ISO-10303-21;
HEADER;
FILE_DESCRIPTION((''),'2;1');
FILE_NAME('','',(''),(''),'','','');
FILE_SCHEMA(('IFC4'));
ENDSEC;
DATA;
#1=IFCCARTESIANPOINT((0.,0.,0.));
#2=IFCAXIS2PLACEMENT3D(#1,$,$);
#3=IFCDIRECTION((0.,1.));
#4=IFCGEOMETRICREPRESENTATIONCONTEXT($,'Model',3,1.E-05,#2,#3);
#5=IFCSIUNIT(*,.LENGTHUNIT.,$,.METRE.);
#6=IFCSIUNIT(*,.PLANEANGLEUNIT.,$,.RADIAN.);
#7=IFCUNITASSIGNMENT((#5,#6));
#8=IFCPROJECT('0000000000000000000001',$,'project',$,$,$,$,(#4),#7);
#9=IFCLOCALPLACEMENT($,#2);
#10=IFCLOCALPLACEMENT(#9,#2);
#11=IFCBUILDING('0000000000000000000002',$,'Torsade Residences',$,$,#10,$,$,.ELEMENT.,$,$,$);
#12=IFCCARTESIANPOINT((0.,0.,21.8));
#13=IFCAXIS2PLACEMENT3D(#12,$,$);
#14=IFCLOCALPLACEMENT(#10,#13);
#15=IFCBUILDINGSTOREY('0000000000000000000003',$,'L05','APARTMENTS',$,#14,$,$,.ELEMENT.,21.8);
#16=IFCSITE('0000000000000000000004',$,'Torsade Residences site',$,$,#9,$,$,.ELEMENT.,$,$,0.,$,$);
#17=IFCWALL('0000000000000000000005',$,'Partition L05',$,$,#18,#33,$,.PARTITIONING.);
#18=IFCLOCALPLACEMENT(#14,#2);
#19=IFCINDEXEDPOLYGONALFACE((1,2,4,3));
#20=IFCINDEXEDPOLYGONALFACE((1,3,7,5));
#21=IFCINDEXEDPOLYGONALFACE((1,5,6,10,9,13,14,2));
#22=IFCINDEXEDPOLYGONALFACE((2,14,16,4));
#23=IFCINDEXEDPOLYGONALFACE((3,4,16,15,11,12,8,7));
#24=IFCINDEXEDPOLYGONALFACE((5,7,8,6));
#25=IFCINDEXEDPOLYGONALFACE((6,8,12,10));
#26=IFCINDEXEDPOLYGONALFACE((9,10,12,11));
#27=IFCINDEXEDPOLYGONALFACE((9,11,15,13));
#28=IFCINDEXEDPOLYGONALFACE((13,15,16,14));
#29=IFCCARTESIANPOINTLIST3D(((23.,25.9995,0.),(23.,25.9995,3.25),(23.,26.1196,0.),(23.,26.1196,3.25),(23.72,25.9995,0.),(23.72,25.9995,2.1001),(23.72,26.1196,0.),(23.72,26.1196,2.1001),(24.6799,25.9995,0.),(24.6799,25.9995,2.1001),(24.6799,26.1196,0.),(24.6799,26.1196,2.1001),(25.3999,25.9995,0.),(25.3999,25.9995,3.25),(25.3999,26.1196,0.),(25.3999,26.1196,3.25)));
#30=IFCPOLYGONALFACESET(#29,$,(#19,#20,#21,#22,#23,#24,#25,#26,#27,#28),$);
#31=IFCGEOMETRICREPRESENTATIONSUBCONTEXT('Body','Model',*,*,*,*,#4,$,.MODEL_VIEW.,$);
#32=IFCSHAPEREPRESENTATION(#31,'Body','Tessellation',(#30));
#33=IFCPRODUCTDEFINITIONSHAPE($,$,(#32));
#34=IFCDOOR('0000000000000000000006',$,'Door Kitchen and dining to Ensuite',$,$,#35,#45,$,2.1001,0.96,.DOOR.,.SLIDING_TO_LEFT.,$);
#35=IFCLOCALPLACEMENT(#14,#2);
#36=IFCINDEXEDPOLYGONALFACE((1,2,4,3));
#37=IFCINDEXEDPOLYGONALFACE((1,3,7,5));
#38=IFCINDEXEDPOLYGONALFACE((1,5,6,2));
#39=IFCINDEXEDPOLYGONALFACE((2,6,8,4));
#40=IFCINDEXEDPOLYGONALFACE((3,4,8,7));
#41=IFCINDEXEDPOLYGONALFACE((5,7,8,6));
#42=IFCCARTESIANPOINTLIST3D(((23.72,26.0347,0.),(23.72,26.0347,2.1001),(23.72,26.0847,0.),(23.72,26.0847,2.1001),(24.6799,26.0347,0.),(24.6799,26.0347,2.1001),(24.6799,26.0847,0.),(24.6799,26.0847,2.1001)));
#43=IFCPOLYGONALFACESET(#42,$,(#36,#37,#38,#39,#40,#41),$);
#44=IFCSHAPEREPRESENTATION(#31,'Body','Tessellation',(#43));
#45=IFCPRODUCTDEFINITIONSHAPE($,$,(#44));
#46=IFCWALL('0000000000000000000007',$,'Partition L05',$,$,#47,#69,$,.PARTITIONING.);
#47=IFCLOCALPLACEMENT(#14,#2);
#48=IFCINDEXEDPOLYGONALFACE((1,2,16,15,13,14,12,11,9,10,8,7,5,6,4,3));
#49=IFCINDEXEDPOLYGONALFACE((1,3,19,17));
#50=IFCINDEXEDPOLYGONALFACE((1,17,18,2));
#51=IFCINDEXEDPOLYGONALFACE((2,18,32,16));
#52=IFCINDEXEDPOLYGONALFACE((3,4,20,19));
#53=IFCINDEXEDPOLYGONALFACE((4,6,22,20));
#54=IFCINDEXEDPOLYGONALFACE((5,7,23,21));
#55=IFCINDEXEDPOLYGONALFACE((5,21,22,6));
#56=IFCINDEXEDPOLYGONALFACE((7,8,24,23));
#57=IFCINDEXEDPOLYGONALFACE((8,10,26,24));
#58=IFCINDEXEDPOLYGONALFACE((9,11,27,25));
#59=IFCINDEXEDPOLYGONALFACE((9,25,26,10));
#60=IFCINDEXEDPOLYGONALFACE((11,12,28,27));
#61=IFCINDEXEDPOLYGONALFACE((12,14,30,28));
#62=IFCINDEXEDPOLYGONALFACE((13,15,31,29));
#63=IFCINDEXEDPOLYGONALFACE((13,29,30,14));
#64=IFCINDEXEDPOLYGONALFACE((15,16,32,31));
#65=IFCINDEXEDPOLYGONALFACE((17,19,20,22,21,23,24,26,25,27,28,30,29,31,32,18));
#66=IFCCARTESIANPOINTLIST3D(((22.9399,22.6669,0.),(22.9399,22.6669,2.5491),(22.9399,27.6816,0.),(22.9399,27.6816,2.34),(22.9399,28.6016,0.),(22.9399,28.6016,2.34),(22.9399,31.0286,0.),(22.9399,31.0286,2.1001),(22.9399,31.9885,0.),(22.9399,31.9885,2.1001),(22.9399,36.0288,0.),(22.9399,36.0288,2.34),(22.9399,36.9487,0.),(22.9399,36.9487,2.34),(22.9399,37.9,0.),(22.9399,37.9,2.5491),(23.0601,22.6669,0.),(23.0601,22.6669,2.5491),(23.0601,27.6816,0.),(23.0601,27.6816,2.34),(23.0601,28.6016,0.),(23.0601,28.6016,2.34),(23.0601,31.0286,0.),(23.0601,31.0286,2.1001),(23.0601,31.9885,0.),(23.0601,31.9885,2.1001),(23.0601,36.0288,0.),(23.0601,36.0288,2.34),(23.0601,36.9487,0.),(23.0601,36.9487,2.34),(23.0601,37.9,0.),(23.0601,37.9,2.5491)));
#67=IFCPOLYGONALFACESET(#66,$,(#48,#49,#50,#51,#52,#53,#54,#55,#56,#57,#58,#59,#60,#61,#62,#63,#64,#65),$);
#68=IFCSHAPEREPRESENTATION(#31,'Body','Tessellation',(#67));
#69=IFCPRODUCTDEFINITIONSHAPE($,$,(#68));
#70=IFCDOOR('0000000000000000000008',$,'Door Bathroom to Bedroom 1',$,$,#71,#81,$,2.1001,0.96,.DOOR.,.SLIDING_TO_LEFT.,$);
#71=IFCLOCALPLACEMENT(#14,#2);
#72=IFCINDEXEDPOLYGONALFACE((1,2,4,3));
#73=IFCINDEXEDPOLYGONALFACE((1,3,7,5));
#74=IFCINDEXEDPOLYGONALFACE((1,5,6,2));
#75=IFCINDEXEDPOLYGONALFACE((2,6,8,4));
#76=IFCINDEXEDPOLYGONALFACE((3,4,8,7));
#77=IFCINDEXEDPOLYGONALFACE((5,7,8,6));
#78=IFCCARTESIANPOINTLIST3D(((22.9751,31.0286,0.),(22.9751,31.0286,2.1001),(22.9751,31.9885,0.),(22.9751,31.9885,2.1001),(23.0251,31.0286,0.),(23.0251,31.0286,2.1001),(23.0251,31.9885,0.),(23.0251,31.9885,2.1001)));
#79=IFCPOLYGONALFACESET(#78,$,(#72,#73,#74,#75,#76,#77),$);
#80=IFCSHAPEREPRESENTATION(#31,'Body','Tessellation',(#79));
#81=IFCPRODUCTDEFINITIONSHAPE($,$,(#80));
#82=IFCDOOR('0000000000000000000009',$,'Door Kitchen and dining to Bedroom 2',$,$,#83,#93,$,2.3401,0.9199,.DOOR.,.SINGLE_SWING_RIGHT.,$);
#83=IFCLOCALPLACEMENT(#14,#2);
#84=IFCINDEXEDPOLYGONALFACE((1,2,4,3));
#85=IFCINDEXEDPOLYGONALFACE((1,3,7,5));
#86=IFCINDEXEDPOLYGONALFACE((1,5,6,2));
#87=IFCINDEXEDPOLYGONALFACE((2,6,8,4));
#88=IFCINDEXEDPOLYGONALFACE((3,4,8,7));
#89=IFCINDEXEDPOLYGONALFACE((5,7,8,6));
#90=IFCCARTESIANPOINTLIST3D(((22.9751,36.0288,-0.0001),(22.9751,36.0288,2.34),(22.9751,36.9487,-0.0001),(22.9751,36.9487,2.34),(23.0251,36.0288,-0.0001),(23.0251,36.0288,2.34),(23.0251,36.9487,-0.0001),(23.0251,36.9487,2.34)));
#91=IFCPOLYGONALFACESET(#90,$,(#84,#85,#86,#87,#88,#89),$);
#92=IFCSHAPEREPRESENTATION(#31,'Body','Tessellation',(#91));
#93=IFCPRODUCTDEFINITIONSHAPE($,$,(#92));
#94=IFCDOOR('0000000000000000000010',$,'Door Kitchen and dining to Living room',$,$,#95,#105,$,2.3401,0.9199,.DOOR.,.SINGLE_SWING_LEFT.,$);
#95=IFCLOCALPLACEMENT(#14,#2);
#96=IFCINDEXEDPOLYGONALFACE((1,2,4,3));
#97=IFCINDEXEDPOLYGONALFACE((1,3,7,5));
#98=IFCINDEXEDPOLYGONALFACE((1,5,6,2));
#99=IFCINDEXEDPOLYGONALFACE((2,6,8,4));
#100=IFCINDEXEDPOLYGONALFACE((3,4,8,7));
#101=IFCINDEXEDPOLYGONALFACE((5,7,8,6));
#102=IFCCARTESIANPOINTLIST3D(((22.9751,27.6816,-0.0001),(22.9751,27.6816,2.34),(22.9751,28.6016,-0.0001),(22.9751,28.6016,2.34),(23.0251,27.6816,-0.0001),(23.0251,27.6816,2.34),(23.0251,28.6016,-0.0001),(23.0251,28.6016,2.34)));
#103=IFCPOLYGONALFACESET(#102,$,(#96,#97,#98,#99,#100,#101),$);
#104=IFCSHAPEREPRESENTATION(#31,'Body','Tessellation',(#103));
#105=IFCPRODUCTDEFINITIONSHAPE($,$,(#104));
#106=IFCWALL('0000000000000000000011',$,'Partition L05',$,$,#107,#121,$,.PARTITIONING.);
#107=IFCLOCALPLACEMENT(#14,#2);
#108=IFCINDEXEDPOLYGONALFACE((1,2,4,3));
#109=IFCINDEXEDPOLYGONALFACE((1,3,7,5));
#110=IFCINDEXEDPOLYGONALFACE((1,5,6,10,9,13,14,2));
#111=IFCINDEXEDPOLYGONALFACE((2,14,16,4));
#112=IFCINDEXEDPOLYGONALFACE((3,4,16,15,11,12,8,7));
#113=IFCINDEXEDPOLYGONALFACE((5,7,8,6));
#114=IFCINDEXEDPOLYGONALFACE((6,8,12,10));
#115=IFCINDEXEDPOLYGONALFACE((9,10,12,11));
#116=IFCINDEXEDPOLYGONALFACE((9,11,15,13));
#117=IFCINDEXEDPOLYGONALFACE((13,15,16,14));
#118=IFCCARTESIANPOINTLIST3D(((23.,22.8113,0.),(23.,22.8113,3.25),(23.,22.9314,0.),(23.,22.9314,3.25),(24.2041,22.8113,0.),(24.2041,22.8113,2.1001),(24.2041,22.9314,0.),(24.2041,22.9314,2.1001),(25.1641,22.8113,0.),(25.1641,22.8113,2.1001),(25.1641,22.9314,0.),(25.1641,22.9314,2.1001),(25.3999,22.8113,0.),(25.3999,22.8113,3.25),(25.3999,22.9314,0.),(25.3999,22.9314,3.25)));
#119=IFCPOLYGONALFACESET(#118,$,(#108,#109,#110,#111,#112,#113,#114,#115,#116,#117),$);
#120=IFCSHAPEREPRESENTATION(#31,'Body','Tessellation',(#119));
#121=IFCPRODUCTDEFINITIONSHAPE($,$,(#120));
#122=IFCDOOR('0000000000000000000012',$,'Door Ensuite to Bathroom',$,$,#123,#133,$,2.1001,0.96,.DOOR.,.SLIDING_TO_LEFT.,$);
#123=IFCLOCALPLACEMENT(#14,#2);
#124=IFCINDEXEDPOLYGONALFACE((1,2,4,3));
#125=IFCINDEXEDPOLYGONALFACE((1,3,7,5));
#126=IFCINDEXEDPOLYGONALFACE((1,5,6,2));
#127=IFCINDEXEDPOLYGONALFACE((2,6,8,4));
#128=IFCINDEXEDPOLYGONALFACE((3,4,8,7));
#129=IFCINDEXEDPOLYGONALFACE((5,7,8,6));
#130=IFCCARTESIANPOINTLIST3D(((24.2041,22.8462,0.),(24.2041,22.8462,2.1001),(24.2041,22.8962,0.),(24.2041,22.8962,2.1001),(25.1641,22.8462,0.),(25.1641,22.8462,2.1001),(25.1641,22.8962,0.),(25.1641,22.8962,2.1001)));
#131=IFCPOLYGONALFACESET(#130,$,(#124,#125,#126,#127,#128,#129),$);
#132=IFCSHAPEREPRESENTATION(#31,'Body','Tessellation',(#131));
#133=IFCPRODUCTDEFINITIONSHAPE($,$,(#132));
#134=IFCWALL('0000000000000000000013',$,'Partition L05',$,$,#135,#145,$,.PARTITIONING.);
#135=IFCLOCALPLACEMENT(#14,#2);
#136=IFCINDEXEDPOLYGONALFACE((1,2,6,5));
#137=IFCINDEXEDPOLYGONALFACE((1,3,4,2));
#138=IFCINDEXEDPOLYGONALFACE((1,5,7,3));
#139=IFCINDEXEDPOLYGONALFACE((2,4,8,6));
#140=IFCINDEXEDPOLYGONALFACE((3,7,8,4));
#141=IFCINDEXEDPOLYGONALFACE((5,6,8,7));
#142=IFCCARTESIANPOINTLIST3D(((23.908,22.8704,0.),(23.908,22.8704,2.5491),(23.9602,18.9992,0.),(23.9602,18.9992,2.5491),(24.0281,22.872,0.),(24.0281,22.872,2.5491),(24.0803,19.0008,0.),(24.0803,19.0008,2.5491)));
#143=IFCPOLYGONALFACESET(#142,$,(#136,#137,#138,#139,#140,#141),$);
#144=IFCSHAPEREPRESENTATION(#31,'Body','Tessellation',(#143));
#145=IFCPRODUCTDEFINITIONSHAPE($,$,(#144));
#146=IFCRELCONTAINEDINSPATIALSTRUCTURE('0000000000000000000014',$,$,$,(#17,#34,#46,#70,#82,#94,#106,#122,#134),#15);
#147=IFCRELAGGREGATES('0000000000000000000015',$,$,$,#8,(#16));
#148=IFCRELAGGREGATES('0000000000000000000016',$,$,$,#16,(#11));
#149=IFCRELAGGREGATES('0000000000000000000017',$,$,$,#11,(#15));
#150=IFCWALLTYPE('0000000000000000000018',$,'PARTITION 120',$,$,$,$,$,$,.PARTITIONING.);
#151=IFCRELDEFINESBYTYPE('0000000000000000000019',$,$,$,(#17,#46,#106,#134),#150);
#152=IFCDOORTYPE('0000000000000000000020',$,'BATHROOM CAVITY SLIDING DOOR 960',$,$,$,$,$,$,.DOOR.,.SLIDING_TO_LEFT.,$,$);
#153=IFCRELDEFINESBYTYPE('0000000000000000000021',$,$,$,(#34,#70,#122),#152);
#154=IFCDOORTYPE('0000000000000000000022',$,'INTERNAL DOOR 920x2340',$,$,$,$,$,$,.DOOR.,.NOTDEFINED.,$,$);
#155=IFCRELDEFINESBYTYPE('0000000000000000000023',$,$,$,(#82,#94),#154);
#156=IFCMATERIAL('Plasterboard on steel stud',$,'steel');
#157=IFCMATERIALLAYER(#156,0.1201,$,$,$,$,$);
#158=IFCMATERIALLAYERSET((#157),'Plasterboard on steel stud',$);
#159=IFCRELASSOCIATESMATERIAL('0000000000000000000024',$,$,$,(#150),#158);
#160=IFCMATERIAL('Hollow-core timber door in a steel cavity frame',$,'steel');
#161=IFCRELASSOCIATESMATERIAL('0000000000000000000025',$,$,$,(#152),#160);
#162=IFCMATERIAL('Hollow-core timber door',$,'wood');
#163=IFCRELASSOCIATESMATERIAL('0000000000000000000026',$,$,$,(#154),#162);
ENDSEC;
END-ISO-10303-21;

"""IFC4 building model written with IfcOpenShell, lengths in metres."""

from ifc_helpers import new_model, si_unit, direction, frame, frame_2d, origin, place, context, subcontext, project, spatial, rectangle, extrude, material, layer, layer_set, type_object, element, fill, save


model = new_model("IFC4")

# Units and contexts
model_context = context("Model", 3, precision=1e-05, world=origin(), true_north=direction((0.0, 1.0)))
body_context = subcontext(model_context, "Body", "Model", "MODEL_VIEW")
ifc_project = project(units=[si_unit("LENGTHUNIT", "METRE"), si_unit("PLANEANGLEUNIT", "RADIAN")], contexts=[model_context])

# Site, building, storey
site_placement = place(None, origin())
site = spatial("IfcSite", under=ifc_project, at=site_placement, Name="Torsade Residences site", CompositionType="ELEMENT", RefElevation=0.0)
building_placement = place(site_placement, origin())
building = spatial("IfcBuilding", under=site, at=building_placement, Name="Torsade Residences", CompositionType="ELEMENT")
storey_placement = place(building_placement, frame((0.0, 0.0, 21.8)))
storey = spatial("IfcBuildingStorey", under=building, at=storey_placement, Name="L05", Description="APARTMENTS", CompositionType="ELEMENT", Elevation=21.8)

# Wall, opening, door
ifc_material_1 = material(Name="Plasterboard on steel stud", Category="steel")
ifc_layer_1 = layer(ifc_material_1, 0.1201)
ifc_layer_set_1 = layer_set([ifc_layer_1], Name="Plasterboard on steel stud")
wall_type_1 = type_object("IfcWallType", Name="PARTITION 120", PredefinedType="PARTITIONING", material=ifc_layer_set_1)
wall_1_placement = place(storey_placement, frame((25.3999, 26.0596, 0.0), z_axis=(0.0, 0.0, 1.0), x_axis=(-1.0, 0.0, 0.0)))
wall_1 = element("IfcWall", 1, at=wall_1_placement, inside=storey, type_object=wall_type_1, Name="Partition L05", PredefinedType="PARTITIONING", context=body_context, shape_type="SweptSolid", body=[
    extrude(rectangle(XDim=2.3999, YDim=0.1201, at=frame_2d((1.2, 0.0))), origin(), (0.0, 0.0, 1.0), 3.25),
])
opening_1_placement = place(wall_1_placement, frame((0.72, 0.0, 0.0)))
opening_1 = element("IfcOpeningElement", 2, at=opening_1_placement, cuts=wall_1, PredefinedType="OPENING", context=body_context, shape_type="SweptSolid", body=[
    extrude(rectangle(XDim=0.96, YDim=2.1001, at=frame_2d((0.48, 1.05))), frame((0.0, 0.0701, 0.0), z_axis=(0.0, -1.0, 0.0), x_axis=(1.0, 0.0, 0.0)), (0.0, 0.0, 1.0), 0.1401),
])
ifc_material_2 = material(Name="Hollow-core timber door in a steel cavity frame", Category="steel")
door_type_1 = type_object("IfcDoorType", Name="BATHROOM CAVITY SLIDING DOOR 960", OperationType="SLIDING_TO_LEFT", PredefinedType="DOOR", material=ifc_material_2)
door_1_placement = place(opening_1_placement, origin())
door_1 = element("IfcDoor", 3, at=door_1_placement, inside=storey, type_object=door_type_1, Name="Door Kitchen and dining to Ensuite", OperationType="SLIDING_TO_LEFT", OverallHeight=2.1001, OverallWidth=0.96, PredefinedType="DOOR", context=body_context, shape_type="SweptSolid", body=[
    extrude(rectangle(XDim=0.96, YDim=2.1001, at=frame_2d((0.48, 1.05))), frame((0.0, 0.0249, 0.0), z_axis=(0.0, -1.0, 0.0), x_axis=(1.0, 0.0, 0.0)), (0.0, 0.0, 1.0), 0.05),
])
fill(opening_1, door_1)

# Wall, openings, doors
wall_2_placement = place(storey_placement, frame((23.0, 22.6667, 0.0), z_axis=(0.0, 0.0, 1.0), x_axis=(0.0, 1.0, 0.0)))
wall_2 = element("IfcWall", 4, at=wall_2_placement, inside=storey, type_object=wall_type_1, Name="Partition L05", PredefinedType="PARTITIONING", context=body_context, shape_type="SweptSolid", body=[
    extrude(rectangle(XDim=15.2332, YDim=0.1201, at=frame_2d((7.6167, 0.0))), origin(), (0.0, 0.0, 1.0), 2.5491),
])
opening_2_placement = place(wall_2_placement, frame((13.3621, 0.0, 0.0)))
opening_2 = element("IfcOpeningElement", 5, at=opening_2_placement, cuts=wall_2, PredefinedType="OPENING", context=body_context, shape_type="SweptSolid", body=[
    extrude(rectangle(XDim=0.9199, YDim=2.3401, at=frame_2d((0.46, 1.1699))), frame((0.0, 0.0701, 0.0), z_axis=(0.0, -1.0, 0.0), x_axis=(1.0, 0.0, 0.0)), (0.0, 0.0, 1.0), 0.1401),
])
opening_3_placement = place(wall_2_placement, frame((5.0149, 0.0, 0.0)))
opening_3 = element("IfcOpeningElement", 6, at=opening_3_placement, cuts=wall_2, PredefinedType="OPENING", context=body_context, shape_type="SweptSolid", body=[
    extrude(rectangle(XDim=0.9199, YDim=2.3401, at=frame_2d((0.46, 1.1699))), frame((0.0, 0.0701, 0.0), z_axis=(0.0, -1.0, 0.0), x_axis=(1.0, 0.0, 0.0)), (0.0, 0.0, 1.0), 0.1401),
])
opening_4_placement = place(wall_2_placement, frame((8.3618, 0.0, 0.0)))
opening_4 = element("IfcOpeningElement", 7, at=opening_4_placement, cuts=wall_2, PredefinedType="OPENING", context=body_context, shape_type="SweptSolid", body=[
    extrude(rectangle(XDim=0.96, YDim=2.1001, at=frame_2d((0.48, 1.05))), frame((0.0, 0.0701, 0.0), z_axis=(0.0, -1.0, 0.0), x_axis=(1.0, 0.0, 0.0)), (0.0, 0.0, 1.0), 0.1401),
])
door_2_placement = place(opening_4_placement, origin())
door_2 = element("IfcDoor", 8, at=door_2_placement, inside=storey, type_object=door_type_1, Name="Door Bathroom to Bedroom 1", OperationType="SLIDING_TO_LEFT", OverallHeight=2.1001, OverallWidth=0.96, PredefinedType="DOOR", context=body_context, shape_type="SweptSolid", body=[
    extrude(rectangle(XDim=0.96, YDim=2.1001, at=frame_2d((0.48, 1.05))), frame((0.0, 0.0249, 0.0), z_axis=(0.0, -1.0, 0.0), x_axis=(1.0, 0.0, 0.0)), (0.0, 0.0, 1.0), 0.05),
])
fill(opening_4, door_2)
ifc_material_3 = material(Name="Hollow-core timber door", Category="wood")
door_type_2 = type_object("IfcDoorType", Name="INTERNAL DOOR 920x2340", OperationType="NOTDEFINED", PredefinedType="DOOR", material=ifc_material_3)
door_3_placement = place(opening_2_placement, origin())
door_3 = element("IfcDoor", 9, at=door_3_placement, inside=storey, type_object=door_type_2, Name="Door Kitchen and dining to Bedroom 2", OperationType="SINGLE_SWING_RIGHT", OverallHeight=2.3401, OverallWidth=0.9199, PredefinedType="DOOR", context=body_context, shape_type="SweptSolid", body=[
    extrude(rectangle(XDim=0.9199, YDim=2.3401, at=frame_2d((0.46, 1.1699))), frame((0.0, 0.0249, 0.0), z_axis=(0.0, -1.0, 0.0), x_axis=(1.0, 0.0, 0.0)), (0.0, 0.0, 1.0), 0.05),
])
fill(opening_2, door_3)
door_4_placement = place(opening_3_placement, origin())
door_4 = element("IfcDoor", 10, at=door_4_placement, inside=storey, type_object=door_type_2, Name="Door Kitchen and dining to Living room", OperationType="SINGLE_SWING_LEFT", OverallHeight=2.3401, OverallWidth=0.9199, PredefinedType="DOOR", context=body_context, shape_type="SweptSolid", body=[
    extrude(rectangle(XDim=0.9199, YDim=2.3401, at=frame_2d((0.46, 1.1699))), frame((0.0, 0.0249, 0.0), z_axis=(0.0, -1.0, 0.0), x_axis=(1.0, 0.0, 0.0)), (0.0, 0.0, 1.0), 0.05),
])
fill(opening_3, door_4)

# Wall, opening, door
wall_3_placement = place(storey_placement, frame((23.0, 22.8713, 0.0), z_axis=(0.0, 0.0, 1.0), x_axis=(1.0, 0.0, 0.0)))
wall_3 = element("IfcWall", 11, at=wall_3_placement, inside=storey, type_object=wall_type_1, Name="Partition L05", PredefinedType="PARTITIONING", context=body_context, shape_type="SweptSolid", body=[
    extrude(rectangle(XDim=2.3999, YDim=0.1201, at=frame_2d((1.2, 0.0))), origin(), (0.0, 0.0, 1.0), 3.25),
])
opening_5_placement = place(wall_3_placement, frame((1.2041, 0.0, 0.0)))
opening_5 = element("IfcOpeningElement", 12, at=opening_5_placement, cuts=wall_3, PredefinedType="OPENING", context=body_context, shape_type="SweptSolid", body=[
    extrude(rectangle(XDim=0.96, YDim=2.1001, at=frame_2d((0.48, 1.05))), frame((0.0, 0.0701, 0.0), z_axis=(0.0, -1.0, 0.0), x_axis=(1.0, 0.0, 0.0)), (0.0, 0.0, 1.0), 0.1401),
])
door_5_placement = place(opening_5_placement, origin())
door_5 = element("IfcDoor", 13, at=door_5_placement, inside=storey, type_object=door_type_1, Name="Door Ensuite to Bathroom", OperationType="SLIDING_TO_LEFT", OverallHeight=2.1001, OverallWidth=0.96, PredefinedType="DOOR", context=body_context, shape_type="SweptSolid", body=[
    extrude(rectangle(XDim=0.96, YDim=2.1001, at=frame_2d((0.48, 1.05))), frame((0.0, 0.0249, 0.0), z_axis=(0.0, -1.0, 0.0), x_axis=(1.0, 0.0, 0.0)), (0.0, 0.0, 1.0), 0.05),
])
fill(opening_5, door_5)

# Wall
wall_4_placement = place(storey_placement, frame((24.0203, 19.0, 0.0), z_axis=(0.0, 0.0, 1.0), x_axis=(-0.013494, 0.999909, 0.0)))
element("IfcWall", 14, at=wall_4_placement, inside=storey, type_object=wall_type_1, Name="Partition L05", PredefinedType="PARTITIONING", context=body_context, shape_type="SweptSolid", body=[
    extrude(rectangle(XDim=3.8716, YDim=0.1201, at=frame_2d((1.9358, 0.0))), origin(), (0.0, 0.0, 1.0), 2.5491),
])

save(model, "model.ifc")
